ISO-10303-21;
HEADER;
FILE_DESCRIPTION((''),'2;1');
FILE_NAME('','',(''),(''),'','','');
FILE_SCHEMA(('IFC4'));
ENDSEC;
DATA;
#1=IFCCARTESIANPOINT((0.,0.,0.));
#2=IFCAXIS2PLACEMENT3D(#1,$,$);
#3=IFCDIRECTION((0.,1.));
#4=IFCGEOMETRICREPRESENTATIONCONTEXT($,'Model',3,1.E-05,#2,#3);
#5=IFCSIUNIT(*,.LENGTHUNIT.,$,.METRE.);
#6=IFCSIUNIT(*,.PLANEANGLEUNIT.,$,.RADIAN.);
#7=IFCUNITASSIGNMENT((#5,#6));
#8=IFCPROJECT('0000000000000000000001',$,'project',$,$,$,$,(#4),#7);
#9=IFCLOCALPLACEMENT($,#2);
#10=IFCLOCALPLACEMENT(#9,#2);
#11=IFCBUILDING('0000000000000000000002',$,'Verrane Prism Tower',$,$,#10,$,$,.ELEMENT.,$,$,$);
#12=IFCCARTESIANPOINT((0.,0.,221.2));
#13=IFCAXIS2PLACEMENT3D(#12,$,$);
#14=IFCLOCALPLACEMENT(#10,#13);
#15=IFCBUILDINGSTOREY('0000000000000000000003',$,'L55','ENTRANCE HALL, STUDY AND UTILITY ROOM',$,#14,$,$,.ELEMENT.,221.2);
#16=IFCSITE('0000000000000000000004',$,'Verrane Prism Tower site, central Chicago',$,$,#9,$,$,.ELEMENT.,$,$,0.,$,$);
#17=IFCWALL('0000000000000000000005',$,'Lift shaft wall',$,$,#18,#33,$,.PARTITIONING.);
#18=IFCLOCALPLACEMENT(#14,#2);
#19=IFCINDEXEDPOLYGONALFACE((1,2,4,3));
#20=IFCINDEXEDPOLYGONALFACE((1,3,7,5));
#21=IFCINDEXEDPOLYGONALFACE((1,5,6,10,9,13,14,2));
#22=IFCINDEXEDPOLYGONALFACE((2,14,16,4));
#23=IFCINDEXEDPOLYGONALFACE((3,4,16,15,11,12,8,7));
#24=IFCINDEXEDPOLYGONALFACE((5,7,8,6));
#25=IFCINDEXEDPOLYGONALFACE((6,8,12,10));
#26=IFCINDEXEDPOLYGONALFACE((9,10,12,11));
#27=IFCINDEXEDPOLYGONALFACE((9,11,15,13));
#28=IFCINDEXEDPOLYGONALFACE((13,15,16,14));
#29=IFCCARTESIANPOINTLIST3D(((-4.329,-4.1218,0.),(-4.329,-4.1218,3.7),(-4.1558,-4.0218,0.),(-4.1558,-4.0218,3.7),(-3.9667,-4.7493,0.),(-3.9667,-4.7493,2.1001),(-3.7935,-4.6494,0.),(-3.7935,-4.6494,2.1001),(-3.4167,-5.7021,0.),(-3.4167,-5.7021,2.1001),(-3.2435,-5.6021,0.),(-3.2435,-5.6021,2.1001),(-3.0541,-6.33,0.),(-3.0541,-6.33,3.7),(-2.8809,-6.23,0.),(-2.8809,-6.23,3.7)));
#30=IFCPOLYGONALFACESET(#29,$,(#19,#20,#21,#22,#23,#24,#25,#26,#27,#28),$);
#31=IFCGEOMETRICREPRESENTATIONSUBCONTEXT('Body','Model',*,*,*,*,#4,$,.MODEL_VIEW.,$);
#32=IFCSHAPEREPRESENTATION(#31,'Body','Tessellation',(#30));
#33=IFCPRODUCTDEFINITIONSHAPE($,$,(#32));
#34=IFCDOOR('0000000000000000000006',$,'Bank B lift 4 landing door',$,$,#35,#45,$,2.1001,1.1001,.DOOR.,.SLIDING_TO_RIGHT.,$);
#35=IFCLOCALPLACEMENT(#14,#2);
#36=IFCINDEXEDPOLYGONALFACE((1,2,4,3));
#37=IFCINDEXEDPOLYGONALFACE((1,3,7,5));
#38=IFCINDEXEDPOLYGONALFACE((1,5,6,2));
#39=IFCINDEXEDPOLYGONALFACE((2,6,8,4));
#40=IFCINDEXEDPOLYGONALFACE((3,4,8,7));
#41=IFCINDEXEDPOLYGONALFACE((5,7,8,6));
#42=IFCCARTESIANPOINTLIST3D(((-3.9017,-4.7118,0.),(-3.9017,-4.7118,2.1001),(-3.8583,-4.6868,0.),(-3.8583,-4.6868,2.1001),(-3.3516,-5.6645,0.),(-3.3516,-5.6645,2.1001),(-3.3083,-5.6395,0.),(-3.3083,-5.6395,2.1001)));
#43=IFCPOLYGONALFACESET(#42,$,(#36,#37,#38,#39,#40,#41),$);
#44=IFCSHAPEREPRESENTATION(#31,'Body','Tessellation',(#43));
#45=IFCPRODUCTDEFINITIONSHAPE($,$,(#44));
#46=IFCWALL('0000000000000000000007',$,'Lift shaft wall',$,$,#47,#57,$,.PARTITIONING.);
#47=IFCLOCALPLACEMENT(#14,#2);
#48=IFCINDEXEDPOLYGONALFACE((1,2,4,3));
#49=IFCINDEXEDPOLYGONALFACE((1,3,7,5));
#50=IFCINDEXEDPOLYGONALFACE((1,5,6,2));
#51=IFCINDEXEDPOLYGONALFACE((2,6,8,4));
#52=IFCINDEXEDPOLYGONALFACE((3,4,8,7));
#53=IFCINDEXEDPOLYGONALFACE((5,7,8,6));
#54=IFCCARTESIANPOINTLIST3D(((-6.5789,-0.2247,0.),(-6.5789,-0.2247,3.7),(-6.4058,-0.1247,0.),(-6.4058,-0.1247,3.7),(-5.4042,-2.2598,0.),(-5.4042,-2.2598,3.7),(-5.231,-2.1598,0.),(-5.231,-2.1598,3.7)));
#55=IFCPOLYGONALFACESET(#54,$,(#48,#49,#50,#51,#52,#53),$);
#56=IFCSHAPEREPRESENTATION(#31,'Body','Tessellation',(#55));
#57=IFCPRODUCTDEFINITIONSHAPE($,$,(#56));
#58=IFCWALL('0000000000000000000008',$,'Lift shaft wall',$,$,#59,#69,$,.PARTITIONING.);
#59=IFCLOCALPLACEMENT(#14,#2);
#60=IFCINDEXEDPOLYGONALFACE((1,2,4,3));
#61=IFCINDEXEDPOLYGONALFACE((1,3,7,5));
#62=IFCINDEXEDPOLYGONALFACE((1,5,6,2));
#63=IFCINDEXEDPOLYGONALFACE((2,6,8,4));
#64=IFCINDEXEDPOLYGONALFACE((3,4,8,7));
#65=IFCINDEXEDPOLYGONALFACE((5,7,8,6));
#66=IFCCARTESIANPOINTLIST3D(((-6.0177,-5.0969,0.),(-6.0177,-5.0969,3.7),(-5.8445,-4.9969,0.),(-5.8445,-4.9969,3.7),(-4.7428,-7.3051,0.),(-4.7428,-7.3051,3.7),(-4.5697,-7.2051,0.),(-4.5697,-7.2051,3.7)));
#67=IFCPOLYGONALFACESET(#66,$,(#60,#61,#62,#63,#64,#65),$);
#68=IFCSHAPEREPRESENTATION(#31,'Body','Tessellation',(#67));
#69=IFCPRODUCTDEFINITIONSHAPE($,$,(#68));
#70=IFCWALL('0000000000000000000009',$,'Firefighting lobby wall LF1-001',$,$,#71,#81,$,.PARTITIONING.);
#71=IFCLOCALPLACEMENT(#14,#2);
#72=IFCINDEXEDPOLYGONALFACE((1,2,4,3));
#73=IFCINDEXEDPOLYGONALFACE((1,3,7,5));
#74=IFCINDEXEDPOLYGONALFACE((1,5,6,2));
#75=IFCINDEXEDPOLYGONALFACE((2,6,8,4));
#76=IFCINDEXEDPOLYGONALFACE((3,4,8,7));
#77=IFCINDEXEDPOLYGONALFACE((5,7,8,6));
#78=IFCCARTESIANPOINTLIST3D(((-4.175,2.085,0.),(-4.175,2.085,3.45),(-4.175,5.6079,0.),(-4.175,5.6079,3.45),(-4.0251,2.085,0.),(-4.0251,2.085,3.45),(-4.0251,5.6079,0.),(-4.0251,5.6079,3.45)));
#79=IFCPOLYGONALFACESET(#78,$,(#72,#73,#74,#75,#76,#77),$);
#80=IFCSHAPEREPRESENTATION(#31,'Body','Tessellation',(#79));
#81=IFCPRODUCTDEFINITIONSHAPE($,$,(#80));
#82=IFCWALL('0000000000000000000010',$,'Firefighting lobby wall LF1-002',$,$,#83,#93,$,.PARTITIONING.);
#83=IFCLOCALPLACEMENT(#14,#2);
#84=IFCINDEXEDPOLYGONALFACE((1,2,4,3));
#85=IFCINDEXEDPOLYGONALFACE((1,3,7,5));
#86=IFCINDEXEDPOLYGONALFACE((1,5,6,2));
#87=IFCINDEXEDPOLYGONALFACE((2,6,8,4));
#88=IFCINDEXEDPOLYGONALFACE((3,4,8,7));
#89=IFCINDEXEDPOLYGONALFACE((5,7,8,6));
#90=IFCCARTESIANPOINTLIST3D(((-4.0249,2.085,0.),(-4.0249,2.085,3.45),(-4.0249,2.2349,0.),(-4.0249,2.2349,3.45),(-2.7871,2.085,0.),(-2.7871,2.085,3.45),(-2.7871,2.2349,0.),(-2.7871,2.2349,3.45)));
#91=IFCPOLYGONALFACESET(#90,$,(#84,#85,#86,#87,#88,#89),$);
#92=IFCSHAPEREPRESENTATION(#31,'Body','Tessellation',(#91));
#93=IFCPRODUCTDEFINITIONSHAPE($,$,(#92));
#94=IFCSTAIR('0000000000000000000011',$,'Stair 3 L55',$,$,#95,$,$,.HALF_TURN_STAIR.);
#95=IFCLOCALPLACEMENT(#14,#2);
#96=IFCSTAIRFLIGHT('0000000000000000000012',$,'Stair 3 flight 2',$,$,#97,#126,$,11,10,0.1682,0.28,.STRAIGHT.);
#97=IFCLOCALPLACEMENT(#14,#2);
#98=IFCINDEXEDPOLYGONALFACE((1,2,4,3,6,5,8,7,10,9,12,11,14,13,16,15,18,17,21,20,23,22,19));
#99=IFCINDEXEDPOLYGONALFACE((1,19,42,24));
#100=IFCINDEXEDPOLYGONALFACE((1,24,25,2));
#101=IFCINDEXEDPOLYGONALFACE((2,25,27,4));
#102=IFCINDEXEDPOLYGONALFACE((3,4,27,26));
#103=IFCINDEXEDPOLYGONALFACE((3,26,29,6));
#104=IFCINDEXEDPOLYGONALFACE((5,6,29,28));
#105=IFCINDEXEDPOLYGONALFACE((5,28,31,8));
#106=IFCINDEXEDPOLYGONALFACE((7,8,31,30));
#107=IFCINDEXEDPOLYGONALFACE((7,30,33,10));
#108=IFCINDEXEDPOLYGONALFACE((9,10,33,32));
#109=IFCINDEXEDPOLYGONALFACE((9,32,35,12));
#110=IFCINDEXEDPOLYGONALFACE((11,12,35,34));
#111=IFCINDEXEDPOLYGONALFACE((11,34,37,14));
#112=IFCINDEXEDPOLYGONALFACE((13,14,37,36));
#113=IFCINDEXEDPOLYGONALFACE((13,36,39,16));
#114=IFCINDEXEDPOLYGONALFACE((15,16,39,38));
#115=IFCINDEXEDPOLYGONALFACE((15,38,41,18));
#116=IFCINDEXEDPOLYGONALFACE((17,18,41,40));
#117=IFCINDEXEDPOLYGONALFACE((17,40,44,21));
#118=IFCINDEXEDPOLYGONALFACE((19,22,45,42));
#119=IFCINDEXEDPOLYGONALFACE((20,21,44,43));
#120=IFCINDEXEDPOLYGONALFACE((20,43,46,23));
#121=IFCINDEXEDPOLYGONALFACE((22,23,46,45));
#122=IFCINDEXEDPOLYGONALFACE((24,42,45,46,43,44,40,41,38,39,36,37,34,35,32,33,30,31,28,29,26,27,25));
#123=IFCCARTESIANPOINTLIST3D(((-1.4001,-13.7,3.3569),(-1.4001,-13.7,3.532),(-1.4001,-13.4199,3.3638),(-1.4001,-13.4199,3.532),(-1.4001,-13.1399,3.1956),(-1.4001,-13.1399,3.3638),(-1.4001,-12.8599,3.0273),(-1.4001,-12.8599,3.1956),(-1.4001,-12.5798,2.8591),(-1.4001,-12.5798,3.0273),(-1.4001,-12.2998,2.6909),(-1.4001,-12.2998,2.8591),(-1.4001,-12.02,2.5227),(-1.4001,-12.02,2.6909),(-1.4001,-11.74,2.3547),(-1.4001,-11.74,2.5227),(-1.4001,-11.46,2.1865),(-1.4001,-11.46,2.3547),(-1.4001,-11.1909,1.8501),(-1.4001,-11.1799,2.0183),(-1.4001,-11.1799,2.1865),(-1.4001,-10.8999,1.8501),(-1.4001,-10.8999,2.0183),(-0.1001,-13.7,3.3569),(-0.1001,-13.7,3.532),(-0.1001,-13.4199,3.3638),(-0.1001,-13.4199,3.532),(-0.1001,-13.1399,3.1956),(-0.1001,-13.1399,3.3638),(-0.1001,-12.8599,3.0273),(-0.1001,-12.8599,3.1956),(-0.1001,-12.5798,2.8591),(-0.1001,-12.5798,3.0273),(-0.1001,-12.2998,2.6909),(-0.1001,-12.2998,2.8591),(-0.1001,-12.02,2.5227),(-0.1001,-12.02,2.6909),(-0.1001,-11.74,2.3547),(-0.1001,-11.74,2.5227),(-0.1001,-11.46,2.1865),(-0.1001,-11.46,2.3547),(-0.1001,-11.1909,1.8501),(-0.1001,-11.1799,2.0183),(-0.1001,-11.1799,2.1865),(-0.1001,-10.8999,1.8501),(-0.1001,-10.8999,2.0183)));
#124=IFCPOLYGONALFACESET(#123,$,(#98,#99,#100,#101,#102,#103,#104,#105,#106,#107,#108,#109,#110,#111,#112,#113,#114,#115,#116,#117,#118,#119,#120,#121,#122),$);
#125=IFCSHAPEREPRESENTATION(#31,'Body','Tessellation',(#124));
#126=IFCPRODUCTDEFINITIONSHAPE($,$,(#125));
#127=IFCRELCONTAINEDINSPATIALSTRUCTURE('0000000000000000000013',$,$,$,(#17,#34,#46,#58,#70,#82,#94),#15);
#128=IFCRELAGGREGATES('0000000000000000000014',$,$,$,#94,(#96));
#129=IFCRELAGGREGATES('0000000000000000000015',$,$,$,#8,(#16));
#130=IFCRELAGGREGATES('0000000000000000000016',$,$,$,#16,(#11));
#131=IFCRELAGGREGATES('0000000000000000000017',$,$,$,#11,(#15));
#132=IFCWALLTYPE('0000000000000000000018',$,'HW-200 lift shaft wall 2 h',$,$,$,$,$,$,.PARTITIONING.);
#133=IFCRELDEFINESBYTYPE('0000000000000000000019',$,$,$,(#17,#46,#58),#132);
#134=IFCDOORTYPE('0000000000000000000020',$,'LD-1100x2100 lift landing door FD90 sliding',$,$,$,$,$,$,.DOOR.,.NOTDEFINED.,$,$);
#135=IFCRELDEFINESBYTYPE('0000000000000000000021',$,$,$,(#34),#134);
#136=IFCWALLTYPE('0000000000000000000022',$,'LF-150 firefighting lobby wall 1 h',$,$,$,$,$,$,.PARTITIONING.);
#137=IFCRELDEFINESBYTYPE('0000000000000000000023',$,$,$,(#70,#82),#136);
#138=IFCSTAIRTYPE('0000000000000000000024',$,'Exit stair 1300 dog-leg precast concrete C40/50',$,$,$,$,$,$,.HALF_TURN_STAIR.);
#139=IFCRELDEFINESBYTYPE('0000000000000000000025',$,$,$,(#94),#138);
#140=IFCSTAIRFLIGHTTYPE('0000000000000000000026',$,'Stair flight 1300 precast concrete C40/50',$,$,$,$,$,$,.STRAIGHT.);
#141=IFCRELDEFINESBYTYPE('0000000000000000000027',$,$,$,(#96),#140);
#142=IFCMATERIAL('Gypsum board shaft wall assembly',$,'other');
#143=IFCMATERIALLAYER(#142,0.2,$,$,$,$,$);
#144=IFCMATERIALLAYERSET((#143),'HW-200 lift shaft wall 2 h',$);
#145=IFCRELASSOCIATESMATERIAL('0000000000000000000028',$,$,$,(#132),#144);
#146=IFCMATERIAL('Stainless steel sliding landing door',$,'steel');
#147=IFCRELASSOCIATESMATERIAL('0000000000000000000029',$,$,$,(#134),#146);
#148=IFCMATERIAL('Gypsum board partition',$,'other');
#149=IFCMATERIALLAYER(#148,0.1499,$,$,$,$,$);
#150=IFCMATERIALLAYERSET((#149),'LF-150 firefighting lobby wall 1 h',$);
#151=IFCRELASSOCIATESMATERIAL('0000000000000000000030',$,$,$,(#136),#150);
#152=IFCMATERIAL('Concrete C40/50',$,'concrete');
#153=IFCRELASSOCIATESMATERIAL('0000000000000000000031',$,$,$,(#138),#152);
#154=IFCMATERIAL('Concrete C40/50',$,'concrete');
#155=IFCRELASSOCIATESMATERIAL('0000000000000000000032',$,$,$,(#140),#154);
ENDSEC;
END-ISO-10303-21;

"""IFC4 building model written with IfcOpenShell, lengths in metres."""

from ifc_helpers import new_model, si_unit, direction, frame, frame_2d, origin, place, context, subcontext, project, spatial, polyline, rectangle, outline, extrude, material, layer, layer_set, type_object, element, fill, aggregate, save


model = new_model("IFC4")

# Units and contexts
model_context = context("Model", 3, precision=1e-05, world=origin(), true_north=direction((0.0, 1.0)))
body_context = subcontext(model_context, "Body", "Model", "MODEL_VIEW")
ifc_project = project(units=[si_unit("LENGTHUNIT", "METRE"), si_unit("PLANEANGLEUNIT", "RADIAN")], contexts=[model_context])

# Site, building, storey
site_placement = place(None, origin())
site = spatial("IfcSite", under=ifc_project, at=site_placement, Name="Verrane Prism Tower site, central Chicago", CompositionType="ELEMENT", RefElevation=0.0)
building_placement = place(site_placement, origin())
building = spatial("IfcBuilding", under=site, at=building_placement, Name="Verrane Prism Tower", CompositionType="ELEMENT")
storey_placement = place(building_placement, frame((0.0, 0.0, 221.2)))
storey = spatial("IfcBuildingStorey", under=building, at=storey_placement, Name="L55", Description="ENTRANCE HALL, STUDY AND UTILITY ROOM", CompositionType="ELEMENT", Elevation=221.2)

# Shared definitions
ifc_material_1 = material(Name="Gypsum board shaft wall assembly", Category="other")
ifc_layer_1 = layer(ifc_material_1, 0.2)
ifc_layer_set_1 = layer_set([ifc_layer_1], Name="HW-200 lift shaft wall 2 h")
wall_type_1 = type_object("IfcWallType", Name="HW-200 lift shaft wall 2 h", PredefinedType="PARTITIONING", material=ifc_layer_set_1)
ifc_material_2 = material(Name="Stainless steel sliding landing door", Category="steel")
door_type = type_object("IfcDoorType", Name="LD-1100x2100 lift landing door FD90 sliding", OperationType="NOTDEFINED", PredefinedType="DOOR", material=ifc_material_2)

# Wall, opening, door
wall_1_placement = place(storey_placement, frame((-2.9675, -6.28, 0.0), z_axis=(0.0, 0.0, 1.0), x_axis=(-0.49999, 0.866031, 0.0)))
wall_1 = element("IfcWall", 1, at=wall_1_placement, inside=storey, type_object=wall_type_1, Name="Lift shaft wall", PredefinedType="PARTITIONING", context=body_context, shape_type="SweptSolid", body=[
    extrude(rectangle(XDim=2.5498, YDim=0.2, at=frame_2d((1.2749, 0.0))), origin(), (0.0, 0.0, 1.0), 3.7),
])
opening_1_placement = place(wall_1_placement, frame((0.7251, 0.0, 0.0)))
opening_1 = element("IfcOpeningElement", 2, at=opening_1_placement, cuts=wall_1, PredefinedType="OPENING", context=body_context, shape_type="SweptSolid", body=[
    extrude(rectangle(XDim=1.1001, YDim=2.1001, at=frame_2d((0.55, 1.05))), frame((0.0, 0.1099, 0.0), z_axis=(0.0, -1.0, 0.0), x_axis=(1.0, 0.0, 0.0)), (0.0, 0.0, 1.0), 0.22),
])
door_1_placement = place(opening_1_placement, origin())
door_1 = element("IfcDoor", 3, at=door_1_placement, inside=storey, type_object=door_type, Name="Bank B lift 4 landing door", OperationType="SLIDING_TO_RIGHT", OverallHeight=2.1001, OverallWidth=1.1001, PredefinedType="DOOR", context=body_context, shape_type="SweptSolid", body=[
    extrude(rectangle(XDim=1.1001, YDim=2.1001, at=frame_2d((0.55, 1.05))), frame((0.0, 0.0249, 0.0), z_axis=(0.0, -1.0, 0.0), x_axis=(1.0, 0.0, 0.0)), (0.0, 0.0, 1.0), 0.05),
])
fill(opening_1, door_1)

# Walls
wall_2_placement = place(storey_placement, frame((-5.3176, -2.2097, 0.0), z_axis=(0.0, 0.0, 1.0), x_axis=(-0.499938, 0.866061, 0.0)))
element("IfcWall", 4, at=wall_2_placement, inside=storey, type_object=wall_type_1, Name="Lift shaft wall", PredefinedType="PARTITIONING", context=body_context, shape_type="SweptSolid", body=[
    extrude(rectangle(XDim=2.3499, YDim=0.2, at=frame_2d((1.1748, 0.0))), origin(), (0.0, 0.0, 1.0), 3.7),
])
wall_3_placement = place(storey_placement, frame((-4.6562, -7.2551, 0.0), z_axis=(0.0, 0.0, 1.0), x_axis=(-0.49999, 0.866031, 0.0)))
element("IfcWall", 5, at=wall_3_placement, inside=storey, type_object=wall_type_1, Name="Lift shaft wall", PredefinedType="PARTITIONING", context=body_context, shape_type="SweptSolid", body=[
    extrude(rectangle(XDim=2.5498, YDim=0.2, at=frame_2d((1.2749, 0.0))), origin(), (0.0, 0.0, 1.0), 3.7),
])
ifc_material_3 = material(Name="Gypsum board partition", Category="other")
ifc_layer_2 = layer(ifc_material_3, 0.1499)
ifc_layer_set_2 = layer_set([ifc_layer_2], Name="LF-150 firefighting lobby wall 1 h")
wall_type_2 = type_object("IfcWallType", Name="LF-150 firefighting lobby wall 1 h", PredefinedType="PARTITIONING", material=ifc_layer_set_2)
wall_4_placement = place(storey_placement, frame((-4.1001, 2.085, 0.0), z_axis=(0.0, 0.0, 1.0), x_axis=(0.0, 1.0, 0.0)))
element("IfcWall", 6, at=wall_4_placement, inside=storey, type_object=wall_type_2, Name="Firefighting lobby wall LF1-001", PredefinedType="PARTITIONING", context=body_context, shape_type="SweptSolid", body=[
    extrude(rectangle(XDim=3.5229, YDim=0.1499, at=frame_2d((1.7615, 0.0))), origin(), (0.0, 0.0, 1.0), 3.45),
])
wall_5_placement = place(storey_placement, frame((-4.0249, 2.1599, 0.0), z_axis=(0.0, 0.0, 1.0), x_axis=(1.0, 0.0, 0.0)))
element("IfcWall", 7, at=wall_5_placement, inside=storey, type_object=wall_type_2, Name="Firefighting lobby wall LF1-002", PredefinedType="PARTITIONING", context=body_context, shape_type="SweptSolid", body=[
    extrude(rectangle(XDim=1.2378, YDim=0.1499, at=frame_2d((0.6189, 0.0))), origin(), (0.0, 0.0, 1.0), 3.45),
])

# Stair, stair flight
ifc_material_4 = material(Name="Concrete C40/50", Category="concrete")
stair_type = type_object("IfcStairType", Name="Exit stair 1300 dog-leg precast concrete C40/50", PredefinedType="HALF_TURN_STAIR", material=ifc_material_4)
stair_placement = place(storey_placement, origin())
stair = element("IfcStair", 8, at=stair_placement, inside=storey, type_object=stair_type, Name="Stair 3 L55", PredefinedType="HALF_TURN_STAIR")
ifc_material_5 = material(Name="Concrete C40/50", Category="concrete")
stair_flight_type = type_object("IfcStairFlightType", Name="Stair flight 1300 precast concrete C40/50", PredefinedType="STRAIGHT", material=ifc_material_5)
stair_flight_placement = place(storey_placement, frame((-0.75, -10.8999, 1.8501), z_axis=(0.0, 0.0, 1.0), x_axis=(0.0, -1.0, 0.0)))
stair_flight = element("IfcStairFlight", 9, at=stair_flight_placement, type_object=stair_flight_type, Name="Stair 3 flight 2", NumberOfRisers=11, NumberOfTreads=10, PredefinedType="STRAIGHT", RiserHeight=0.1682, TreadLength=0.28, context=body_context, shape_type="SweptSolid", body=[
    extrude(outline(polyline([(0.0, 0.0), (0.0, 0.1682), (0.28, 0.1682), (0.28, 0.3364), (0.5601, 0.3364), (0.5601, 0.5046), (0.8401, 0.5046), (0.8401, 0.6726), (1.1201, 0.6726), (1.1201, 0.8408), (1.3999, 0.8408), (1.3999, 1.009), (1.6799, 1.009), (1.6799, 1.1772), (1.96, 1.1772), (1.96, 1.3455), (2.24, 1.3455), (2.24, 1.5137), (2.52, 1.5137), (2.52, 1.6819), (2.8, 1.6819), (2.8, 1.8501), (2.8, 1.5068), (0.291, 0.0), (0.0, 0.0)])), frame((0.0, 0.6499, 0.0), z_axis=(0.0, -1.0, 0.0), x_axis=(1.0, 0.0, 0.0)), (0.0, 0.0, 1.0), 1.3),
])
aggregate(stair, [stair_flight])

save(model, "model.ifc")
